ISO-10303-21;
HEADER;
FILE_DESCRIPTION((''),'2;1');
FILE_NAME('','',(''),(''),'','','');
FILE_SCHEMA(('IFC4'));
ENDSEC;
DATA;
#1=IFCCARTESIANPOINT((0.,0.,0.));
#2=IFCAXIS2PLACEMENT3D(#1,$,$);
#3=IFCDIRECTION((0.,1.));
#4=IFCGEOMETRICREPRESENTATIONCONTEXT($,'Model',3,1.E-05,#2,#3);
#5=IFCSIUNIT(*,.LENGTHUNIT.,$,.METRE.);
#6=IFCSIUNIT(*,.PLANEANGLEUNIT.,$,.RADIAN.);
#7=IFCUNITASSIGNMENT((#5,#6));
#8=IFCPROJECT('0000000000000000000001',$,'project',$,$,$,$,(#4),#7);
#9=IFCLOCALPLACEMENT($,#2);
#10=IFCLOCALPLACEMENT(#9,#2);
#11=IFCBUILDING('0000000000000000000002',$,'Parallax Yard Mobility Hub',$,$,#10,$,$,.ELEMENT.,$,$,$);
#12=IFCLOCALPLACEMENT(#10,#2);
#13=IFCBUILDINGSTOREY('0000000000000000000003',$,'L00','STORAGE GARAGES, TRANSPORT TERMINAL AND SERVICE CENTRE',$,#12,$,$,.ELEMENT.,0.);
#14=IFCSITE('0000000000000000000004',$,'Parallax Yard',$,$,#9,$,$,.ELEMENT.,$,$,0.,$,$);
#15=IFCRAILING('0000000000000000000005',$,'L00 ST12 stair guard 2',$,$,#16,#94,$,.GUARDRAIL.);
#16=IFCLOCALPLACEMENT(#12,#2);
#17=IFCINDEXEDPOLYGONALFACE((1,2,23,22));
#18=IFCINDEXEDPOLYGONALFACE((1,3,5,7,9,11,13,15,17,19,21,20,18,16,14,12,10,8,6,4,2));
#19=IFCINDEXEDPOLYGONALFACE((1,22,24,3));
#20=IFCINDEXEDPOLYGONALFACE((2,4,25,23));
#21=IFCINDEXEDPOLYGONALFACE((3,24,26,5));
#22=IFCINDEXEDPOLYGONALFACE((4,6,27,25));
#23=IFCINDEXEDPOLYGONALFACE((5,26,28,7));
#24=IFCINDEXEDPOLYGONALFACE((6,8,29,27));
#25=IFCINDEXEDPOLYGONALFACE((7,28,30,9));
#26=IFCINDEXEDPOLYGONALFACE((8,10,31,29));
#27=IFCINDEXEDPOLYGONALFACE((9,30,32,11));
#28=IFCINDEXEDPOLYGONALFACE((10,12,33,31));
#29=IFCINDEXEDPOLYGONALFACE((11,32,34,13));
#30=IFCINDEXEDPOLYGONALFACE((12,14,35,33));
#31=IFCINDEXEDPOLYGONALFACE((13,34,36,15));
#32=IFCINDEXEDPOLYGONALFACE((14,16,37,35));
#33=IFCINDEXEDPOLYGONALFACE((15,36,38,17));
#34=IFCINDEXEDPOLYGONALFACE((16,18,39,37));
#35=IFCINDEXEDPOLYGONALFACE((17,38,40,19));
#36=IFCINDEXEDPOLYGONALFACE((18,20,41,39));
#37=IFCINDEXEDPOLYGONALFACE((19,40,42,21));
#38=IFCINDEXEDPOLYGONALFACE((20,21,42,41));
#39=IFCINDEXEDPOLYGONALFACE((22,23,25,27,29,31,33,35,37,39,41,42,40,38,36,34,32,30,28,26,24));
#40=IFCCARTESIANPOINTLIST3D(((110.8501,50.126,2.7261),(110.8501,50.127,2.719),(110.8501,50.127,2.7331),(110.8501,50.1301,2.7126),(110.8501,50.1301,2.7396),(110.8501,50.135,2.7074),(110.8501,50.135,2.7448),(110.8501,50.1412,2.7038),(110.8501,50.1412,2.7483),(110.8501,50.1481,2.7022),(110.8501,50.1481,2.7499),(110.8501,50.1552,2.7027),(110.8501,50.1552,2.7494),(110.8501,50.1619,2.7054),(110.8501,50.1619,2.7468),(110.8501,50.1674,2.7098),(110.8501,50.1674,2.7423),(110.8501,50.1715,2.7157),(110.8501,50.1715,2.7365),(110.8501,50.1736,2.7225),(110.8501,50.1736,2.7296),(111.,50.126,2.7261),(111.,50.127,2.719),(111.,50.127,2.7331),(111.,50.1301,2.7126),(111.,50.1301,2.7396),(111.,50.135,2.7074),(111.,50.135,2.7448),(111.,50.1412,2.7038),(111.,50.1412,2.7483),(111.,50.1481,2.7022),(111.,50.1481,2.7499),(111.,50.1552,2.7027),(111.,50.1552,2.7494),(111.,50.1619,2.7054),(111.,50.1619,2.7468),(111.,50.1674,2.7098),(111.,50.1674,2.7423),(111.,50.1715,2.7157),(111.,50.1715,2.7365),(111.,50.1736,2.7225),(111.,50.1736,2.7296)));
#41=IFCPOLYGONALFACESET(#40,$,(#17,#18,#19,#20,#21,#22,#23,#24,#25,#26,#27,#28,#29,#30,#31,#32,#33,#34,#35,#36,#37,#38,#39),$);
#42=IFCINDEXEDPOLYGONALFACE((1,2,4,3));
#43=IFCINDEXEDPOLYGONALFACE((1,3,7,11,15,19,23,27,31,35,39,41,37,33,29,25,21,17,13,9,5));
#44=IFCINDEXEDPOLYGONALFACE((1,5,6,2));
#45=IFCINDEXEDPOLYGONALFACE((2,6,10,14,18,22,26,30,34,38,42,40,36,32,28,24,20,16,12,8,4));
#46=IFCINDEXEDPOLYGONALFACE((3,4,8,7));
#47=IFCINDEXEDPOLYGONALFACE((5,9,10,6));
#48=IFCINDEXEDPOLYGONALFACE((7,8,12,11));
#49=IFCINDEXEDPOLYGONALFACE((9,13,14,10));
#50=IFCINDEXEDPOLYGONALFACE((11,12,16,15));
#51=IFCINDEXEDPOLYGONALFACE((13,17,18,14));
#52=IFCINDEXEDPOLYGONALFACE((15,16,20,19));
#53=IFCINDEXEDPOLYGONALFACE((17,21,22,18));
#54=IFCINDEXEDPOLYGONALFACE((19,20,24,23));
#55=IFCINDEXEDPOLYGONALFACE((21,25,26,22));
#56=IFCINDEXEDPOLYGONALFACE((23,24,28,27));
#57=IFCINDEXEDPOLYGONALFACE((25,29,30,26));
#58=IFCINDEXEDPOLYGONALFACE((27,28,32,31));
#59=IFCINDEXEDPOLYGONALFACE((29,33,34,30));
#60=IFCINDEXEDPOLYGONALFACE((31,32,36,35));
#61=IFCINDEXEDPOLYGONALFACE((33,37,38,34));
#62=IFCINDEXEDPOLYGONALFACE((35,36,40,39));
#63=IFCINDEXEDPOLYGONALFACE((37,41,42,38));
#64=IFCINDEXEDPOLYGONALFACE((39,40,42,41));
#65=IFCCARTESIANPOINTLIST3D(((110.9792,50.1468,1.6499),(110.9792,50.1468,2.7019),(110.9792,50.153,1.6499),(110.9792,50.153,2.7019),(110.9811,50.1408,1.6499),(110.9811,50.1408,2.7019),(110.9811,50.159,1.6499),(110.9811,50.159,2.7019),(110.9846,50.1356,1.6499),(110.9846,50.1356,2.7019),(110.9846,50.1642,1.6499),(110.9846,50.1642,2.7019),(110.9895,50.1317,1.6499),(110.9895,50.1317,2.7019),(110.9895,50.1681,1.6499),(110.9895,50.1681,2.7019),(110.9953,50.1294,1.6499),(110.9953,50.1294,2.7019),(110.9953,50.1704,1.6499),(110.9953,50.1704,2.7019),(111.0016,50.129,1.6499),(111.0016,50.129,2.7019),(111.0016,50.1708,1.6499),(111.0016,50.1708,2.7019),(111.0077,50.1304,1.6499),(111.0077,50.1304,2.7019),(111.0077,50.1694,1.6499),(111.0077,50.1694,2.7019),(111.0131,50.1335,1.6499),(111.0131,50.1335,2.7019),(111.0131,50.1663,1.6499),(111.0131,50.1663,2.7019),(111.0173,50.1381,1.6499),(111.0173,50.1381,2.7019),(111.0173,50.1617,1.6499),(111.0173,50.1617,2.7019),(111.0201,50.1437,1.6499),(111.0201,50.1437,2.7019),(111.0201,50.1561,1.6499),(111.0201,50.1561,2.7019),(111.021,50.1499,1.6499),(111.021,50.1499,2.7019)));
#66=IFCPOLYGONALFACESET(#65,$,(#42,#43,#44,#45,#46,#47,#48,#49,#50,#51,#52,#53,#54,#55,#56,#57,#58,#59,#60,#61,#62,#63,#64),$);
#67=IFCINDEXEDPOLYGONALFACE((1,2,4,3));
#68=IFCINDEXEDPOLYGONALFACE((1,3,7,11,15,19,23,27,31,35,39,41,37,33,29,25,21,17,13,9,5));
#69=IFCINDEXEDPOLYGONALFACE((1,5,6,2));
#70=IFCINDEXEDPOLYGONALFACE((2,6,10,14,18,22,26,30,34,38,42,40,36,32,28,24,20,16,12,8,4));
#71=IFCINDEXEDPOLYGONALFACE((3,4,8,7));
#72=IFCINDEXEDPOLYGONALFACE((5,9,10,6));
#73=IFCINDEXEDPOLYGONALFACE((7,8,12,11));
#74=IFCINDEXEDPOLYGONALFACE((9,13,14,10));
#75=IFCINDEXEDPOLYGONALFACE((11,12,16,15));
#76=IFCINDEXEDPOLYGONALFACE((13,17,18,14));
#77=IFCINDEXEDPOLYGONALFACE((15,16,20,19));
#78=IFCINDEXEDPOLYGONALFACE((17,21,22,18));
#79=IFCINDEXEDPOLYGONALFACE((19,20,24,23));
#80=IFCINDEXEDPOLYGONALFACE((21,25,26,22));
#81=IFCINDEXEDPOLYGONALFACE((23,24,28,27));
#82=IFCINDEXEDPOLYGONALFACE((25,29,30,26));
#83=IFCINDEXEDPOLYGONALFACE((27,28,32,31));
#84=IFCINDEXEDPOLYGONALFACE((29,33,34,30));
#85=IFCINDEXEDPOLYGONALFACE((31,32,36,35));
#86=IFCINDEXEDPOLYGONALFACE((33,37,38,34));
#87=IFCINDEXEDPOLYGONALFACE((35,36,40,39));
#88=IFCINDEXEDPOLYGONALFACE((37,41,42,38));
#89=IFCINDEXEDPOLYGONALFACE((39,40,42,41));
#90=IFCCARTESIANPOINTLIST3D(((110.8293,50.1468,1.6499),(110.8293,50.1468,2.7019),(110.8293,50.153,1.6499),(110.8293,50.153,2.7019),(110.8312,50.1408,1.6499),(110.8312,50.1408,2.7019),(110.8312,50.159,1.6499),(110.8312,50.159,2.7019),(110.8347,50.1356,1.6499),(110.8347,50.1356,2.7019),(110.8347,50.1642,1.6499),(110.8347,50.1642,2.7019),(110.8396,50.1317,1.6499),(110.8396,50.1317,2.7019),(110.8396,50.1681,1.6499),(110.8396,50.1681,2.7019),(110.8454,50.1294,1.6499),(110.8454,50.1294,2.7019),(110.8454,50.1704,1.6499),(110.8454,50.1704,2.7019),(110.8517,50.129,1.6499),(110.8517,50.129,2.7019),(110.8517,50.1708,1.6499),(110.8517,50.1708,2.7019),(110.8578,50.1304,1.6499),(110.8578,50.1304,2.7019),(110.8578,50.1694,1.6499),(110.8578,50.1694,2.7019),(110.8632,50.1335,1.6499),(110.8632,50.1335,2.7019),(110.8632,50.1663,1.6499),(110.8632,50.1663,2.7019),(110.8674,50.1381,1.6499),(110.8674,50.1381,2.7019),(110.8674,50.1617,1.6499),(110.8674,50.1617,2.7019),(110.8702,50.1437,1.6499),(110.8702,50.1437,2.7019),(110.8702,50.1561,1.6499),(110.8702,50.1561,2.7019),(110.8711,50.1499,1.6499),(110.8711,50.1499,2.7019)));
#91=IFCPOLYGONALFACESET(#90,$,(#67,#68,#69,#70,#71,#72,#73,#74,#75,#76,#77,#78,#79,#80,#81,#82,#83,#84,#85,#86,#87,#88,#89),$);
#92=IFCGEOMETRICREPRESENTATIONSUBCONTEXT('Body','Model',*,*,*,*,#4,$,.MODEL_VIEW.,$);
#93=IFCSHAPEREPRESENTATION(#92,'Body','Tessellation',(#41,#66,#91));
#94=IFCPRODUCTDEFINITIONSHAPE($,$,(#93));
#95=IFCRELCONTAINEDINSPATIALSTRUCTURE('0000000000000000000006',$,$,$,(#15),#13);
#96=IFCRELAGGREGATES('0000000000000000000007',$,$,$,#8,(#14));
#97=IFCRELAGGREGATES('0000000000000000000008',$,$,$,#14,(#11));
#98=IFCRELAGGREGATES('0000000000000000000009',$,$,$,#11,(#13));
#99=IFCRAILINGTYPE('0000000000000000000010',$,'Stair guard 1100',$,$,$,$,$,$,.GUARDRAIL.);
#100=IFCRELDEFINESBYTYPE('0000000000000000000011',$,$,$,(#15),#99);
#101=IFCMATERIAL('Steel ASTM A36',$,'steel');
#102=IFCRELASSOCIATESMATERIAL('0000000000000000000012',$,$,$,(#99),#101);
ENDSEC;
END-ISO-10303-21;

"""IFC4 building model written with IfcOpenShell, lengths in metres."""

from ifc_helpers import new_model, si_unit, direction, frame, origin, origin_2d, place, context, subcontext, project, spatial, circle, extrude, material, type_object, element, save


model = new_model("IFC4")

# Units and contexts
model_context = context("Model", 3, precision=1e-05, world=origin(), true_north=direction((0.0, 1.0)))
body_context = subcontext(model_context, "Body", "Model", "MODEL_VIEW")
ifc_project = project(units=[si_unit("LENGTHUNIT", "METRE"), si_unit("PLANEANGLEUNIT", "RADIAN")], contexts=[model_context])

# Site, building, storey
site_placement = place(None, origin())
site = spatial("IfcSite", under=ifc_project, at=site_placement, Name="Parallax Yard", CompositionType="ELEMENT", RefElevation=0.0)
building_placement = place(site_placement, origin())
building = spatial("IfcBuilding", under=site, at=building_placement, Name="Parallax Yard Mobility Hub", CompositionType="ELEMENT")
storey_placement = place(building_placement, origin())
storey = spatial("IfcBuildingStorey", under=building, at=storey_placement, Name="L00", Description="STORAGE GARAGES, TRANSPORT TERMINAL AND SERVICE CENTRE", CompositionType="ELEMENT", Elevation=0.0)

# Railing
ifc_material_1 = material(Name="Steel ASTM A36", Category="steel")
railing_type_1 = type_object("IfcRailingType", Name="Stair guard 1100", PredefinedType="GUARDRAIL", material=ifc_material_1)
railing_1_placement = place(storey_placement, frame((111.0, 50.1499, 1.6499)))
element("IfcRailing", 1, at=railing_1_placement, inside=storey, type_object=railing_type_1, Name="L00 ST12 stair guard 2", PredefinedType="GUARDRAIL", context=body_context, shape_type="SweptSolid", body=[
    extrude(circle(Radius=0.0239, at=origin_2d()), frame((0.0, 0.0, 1.0762), z_axis=(-1.0, 0.0, 0.0), x_axis=(0.0, -1.0, 0.0)), (0.0, 0.0, 1.0), 0.1499),
    extrude(circle(Radius=0.021, at=origin_2d()), origin(), (0.0, 0.0, 1.0), 1.052),
    extrude(circle(Radius=0.021, at=origin_2d()), frame((-0.1499, 0.0, 0.0)), (0.0, 0.0, 1.0), 1.052),
])

save(model, "model.ifc")
